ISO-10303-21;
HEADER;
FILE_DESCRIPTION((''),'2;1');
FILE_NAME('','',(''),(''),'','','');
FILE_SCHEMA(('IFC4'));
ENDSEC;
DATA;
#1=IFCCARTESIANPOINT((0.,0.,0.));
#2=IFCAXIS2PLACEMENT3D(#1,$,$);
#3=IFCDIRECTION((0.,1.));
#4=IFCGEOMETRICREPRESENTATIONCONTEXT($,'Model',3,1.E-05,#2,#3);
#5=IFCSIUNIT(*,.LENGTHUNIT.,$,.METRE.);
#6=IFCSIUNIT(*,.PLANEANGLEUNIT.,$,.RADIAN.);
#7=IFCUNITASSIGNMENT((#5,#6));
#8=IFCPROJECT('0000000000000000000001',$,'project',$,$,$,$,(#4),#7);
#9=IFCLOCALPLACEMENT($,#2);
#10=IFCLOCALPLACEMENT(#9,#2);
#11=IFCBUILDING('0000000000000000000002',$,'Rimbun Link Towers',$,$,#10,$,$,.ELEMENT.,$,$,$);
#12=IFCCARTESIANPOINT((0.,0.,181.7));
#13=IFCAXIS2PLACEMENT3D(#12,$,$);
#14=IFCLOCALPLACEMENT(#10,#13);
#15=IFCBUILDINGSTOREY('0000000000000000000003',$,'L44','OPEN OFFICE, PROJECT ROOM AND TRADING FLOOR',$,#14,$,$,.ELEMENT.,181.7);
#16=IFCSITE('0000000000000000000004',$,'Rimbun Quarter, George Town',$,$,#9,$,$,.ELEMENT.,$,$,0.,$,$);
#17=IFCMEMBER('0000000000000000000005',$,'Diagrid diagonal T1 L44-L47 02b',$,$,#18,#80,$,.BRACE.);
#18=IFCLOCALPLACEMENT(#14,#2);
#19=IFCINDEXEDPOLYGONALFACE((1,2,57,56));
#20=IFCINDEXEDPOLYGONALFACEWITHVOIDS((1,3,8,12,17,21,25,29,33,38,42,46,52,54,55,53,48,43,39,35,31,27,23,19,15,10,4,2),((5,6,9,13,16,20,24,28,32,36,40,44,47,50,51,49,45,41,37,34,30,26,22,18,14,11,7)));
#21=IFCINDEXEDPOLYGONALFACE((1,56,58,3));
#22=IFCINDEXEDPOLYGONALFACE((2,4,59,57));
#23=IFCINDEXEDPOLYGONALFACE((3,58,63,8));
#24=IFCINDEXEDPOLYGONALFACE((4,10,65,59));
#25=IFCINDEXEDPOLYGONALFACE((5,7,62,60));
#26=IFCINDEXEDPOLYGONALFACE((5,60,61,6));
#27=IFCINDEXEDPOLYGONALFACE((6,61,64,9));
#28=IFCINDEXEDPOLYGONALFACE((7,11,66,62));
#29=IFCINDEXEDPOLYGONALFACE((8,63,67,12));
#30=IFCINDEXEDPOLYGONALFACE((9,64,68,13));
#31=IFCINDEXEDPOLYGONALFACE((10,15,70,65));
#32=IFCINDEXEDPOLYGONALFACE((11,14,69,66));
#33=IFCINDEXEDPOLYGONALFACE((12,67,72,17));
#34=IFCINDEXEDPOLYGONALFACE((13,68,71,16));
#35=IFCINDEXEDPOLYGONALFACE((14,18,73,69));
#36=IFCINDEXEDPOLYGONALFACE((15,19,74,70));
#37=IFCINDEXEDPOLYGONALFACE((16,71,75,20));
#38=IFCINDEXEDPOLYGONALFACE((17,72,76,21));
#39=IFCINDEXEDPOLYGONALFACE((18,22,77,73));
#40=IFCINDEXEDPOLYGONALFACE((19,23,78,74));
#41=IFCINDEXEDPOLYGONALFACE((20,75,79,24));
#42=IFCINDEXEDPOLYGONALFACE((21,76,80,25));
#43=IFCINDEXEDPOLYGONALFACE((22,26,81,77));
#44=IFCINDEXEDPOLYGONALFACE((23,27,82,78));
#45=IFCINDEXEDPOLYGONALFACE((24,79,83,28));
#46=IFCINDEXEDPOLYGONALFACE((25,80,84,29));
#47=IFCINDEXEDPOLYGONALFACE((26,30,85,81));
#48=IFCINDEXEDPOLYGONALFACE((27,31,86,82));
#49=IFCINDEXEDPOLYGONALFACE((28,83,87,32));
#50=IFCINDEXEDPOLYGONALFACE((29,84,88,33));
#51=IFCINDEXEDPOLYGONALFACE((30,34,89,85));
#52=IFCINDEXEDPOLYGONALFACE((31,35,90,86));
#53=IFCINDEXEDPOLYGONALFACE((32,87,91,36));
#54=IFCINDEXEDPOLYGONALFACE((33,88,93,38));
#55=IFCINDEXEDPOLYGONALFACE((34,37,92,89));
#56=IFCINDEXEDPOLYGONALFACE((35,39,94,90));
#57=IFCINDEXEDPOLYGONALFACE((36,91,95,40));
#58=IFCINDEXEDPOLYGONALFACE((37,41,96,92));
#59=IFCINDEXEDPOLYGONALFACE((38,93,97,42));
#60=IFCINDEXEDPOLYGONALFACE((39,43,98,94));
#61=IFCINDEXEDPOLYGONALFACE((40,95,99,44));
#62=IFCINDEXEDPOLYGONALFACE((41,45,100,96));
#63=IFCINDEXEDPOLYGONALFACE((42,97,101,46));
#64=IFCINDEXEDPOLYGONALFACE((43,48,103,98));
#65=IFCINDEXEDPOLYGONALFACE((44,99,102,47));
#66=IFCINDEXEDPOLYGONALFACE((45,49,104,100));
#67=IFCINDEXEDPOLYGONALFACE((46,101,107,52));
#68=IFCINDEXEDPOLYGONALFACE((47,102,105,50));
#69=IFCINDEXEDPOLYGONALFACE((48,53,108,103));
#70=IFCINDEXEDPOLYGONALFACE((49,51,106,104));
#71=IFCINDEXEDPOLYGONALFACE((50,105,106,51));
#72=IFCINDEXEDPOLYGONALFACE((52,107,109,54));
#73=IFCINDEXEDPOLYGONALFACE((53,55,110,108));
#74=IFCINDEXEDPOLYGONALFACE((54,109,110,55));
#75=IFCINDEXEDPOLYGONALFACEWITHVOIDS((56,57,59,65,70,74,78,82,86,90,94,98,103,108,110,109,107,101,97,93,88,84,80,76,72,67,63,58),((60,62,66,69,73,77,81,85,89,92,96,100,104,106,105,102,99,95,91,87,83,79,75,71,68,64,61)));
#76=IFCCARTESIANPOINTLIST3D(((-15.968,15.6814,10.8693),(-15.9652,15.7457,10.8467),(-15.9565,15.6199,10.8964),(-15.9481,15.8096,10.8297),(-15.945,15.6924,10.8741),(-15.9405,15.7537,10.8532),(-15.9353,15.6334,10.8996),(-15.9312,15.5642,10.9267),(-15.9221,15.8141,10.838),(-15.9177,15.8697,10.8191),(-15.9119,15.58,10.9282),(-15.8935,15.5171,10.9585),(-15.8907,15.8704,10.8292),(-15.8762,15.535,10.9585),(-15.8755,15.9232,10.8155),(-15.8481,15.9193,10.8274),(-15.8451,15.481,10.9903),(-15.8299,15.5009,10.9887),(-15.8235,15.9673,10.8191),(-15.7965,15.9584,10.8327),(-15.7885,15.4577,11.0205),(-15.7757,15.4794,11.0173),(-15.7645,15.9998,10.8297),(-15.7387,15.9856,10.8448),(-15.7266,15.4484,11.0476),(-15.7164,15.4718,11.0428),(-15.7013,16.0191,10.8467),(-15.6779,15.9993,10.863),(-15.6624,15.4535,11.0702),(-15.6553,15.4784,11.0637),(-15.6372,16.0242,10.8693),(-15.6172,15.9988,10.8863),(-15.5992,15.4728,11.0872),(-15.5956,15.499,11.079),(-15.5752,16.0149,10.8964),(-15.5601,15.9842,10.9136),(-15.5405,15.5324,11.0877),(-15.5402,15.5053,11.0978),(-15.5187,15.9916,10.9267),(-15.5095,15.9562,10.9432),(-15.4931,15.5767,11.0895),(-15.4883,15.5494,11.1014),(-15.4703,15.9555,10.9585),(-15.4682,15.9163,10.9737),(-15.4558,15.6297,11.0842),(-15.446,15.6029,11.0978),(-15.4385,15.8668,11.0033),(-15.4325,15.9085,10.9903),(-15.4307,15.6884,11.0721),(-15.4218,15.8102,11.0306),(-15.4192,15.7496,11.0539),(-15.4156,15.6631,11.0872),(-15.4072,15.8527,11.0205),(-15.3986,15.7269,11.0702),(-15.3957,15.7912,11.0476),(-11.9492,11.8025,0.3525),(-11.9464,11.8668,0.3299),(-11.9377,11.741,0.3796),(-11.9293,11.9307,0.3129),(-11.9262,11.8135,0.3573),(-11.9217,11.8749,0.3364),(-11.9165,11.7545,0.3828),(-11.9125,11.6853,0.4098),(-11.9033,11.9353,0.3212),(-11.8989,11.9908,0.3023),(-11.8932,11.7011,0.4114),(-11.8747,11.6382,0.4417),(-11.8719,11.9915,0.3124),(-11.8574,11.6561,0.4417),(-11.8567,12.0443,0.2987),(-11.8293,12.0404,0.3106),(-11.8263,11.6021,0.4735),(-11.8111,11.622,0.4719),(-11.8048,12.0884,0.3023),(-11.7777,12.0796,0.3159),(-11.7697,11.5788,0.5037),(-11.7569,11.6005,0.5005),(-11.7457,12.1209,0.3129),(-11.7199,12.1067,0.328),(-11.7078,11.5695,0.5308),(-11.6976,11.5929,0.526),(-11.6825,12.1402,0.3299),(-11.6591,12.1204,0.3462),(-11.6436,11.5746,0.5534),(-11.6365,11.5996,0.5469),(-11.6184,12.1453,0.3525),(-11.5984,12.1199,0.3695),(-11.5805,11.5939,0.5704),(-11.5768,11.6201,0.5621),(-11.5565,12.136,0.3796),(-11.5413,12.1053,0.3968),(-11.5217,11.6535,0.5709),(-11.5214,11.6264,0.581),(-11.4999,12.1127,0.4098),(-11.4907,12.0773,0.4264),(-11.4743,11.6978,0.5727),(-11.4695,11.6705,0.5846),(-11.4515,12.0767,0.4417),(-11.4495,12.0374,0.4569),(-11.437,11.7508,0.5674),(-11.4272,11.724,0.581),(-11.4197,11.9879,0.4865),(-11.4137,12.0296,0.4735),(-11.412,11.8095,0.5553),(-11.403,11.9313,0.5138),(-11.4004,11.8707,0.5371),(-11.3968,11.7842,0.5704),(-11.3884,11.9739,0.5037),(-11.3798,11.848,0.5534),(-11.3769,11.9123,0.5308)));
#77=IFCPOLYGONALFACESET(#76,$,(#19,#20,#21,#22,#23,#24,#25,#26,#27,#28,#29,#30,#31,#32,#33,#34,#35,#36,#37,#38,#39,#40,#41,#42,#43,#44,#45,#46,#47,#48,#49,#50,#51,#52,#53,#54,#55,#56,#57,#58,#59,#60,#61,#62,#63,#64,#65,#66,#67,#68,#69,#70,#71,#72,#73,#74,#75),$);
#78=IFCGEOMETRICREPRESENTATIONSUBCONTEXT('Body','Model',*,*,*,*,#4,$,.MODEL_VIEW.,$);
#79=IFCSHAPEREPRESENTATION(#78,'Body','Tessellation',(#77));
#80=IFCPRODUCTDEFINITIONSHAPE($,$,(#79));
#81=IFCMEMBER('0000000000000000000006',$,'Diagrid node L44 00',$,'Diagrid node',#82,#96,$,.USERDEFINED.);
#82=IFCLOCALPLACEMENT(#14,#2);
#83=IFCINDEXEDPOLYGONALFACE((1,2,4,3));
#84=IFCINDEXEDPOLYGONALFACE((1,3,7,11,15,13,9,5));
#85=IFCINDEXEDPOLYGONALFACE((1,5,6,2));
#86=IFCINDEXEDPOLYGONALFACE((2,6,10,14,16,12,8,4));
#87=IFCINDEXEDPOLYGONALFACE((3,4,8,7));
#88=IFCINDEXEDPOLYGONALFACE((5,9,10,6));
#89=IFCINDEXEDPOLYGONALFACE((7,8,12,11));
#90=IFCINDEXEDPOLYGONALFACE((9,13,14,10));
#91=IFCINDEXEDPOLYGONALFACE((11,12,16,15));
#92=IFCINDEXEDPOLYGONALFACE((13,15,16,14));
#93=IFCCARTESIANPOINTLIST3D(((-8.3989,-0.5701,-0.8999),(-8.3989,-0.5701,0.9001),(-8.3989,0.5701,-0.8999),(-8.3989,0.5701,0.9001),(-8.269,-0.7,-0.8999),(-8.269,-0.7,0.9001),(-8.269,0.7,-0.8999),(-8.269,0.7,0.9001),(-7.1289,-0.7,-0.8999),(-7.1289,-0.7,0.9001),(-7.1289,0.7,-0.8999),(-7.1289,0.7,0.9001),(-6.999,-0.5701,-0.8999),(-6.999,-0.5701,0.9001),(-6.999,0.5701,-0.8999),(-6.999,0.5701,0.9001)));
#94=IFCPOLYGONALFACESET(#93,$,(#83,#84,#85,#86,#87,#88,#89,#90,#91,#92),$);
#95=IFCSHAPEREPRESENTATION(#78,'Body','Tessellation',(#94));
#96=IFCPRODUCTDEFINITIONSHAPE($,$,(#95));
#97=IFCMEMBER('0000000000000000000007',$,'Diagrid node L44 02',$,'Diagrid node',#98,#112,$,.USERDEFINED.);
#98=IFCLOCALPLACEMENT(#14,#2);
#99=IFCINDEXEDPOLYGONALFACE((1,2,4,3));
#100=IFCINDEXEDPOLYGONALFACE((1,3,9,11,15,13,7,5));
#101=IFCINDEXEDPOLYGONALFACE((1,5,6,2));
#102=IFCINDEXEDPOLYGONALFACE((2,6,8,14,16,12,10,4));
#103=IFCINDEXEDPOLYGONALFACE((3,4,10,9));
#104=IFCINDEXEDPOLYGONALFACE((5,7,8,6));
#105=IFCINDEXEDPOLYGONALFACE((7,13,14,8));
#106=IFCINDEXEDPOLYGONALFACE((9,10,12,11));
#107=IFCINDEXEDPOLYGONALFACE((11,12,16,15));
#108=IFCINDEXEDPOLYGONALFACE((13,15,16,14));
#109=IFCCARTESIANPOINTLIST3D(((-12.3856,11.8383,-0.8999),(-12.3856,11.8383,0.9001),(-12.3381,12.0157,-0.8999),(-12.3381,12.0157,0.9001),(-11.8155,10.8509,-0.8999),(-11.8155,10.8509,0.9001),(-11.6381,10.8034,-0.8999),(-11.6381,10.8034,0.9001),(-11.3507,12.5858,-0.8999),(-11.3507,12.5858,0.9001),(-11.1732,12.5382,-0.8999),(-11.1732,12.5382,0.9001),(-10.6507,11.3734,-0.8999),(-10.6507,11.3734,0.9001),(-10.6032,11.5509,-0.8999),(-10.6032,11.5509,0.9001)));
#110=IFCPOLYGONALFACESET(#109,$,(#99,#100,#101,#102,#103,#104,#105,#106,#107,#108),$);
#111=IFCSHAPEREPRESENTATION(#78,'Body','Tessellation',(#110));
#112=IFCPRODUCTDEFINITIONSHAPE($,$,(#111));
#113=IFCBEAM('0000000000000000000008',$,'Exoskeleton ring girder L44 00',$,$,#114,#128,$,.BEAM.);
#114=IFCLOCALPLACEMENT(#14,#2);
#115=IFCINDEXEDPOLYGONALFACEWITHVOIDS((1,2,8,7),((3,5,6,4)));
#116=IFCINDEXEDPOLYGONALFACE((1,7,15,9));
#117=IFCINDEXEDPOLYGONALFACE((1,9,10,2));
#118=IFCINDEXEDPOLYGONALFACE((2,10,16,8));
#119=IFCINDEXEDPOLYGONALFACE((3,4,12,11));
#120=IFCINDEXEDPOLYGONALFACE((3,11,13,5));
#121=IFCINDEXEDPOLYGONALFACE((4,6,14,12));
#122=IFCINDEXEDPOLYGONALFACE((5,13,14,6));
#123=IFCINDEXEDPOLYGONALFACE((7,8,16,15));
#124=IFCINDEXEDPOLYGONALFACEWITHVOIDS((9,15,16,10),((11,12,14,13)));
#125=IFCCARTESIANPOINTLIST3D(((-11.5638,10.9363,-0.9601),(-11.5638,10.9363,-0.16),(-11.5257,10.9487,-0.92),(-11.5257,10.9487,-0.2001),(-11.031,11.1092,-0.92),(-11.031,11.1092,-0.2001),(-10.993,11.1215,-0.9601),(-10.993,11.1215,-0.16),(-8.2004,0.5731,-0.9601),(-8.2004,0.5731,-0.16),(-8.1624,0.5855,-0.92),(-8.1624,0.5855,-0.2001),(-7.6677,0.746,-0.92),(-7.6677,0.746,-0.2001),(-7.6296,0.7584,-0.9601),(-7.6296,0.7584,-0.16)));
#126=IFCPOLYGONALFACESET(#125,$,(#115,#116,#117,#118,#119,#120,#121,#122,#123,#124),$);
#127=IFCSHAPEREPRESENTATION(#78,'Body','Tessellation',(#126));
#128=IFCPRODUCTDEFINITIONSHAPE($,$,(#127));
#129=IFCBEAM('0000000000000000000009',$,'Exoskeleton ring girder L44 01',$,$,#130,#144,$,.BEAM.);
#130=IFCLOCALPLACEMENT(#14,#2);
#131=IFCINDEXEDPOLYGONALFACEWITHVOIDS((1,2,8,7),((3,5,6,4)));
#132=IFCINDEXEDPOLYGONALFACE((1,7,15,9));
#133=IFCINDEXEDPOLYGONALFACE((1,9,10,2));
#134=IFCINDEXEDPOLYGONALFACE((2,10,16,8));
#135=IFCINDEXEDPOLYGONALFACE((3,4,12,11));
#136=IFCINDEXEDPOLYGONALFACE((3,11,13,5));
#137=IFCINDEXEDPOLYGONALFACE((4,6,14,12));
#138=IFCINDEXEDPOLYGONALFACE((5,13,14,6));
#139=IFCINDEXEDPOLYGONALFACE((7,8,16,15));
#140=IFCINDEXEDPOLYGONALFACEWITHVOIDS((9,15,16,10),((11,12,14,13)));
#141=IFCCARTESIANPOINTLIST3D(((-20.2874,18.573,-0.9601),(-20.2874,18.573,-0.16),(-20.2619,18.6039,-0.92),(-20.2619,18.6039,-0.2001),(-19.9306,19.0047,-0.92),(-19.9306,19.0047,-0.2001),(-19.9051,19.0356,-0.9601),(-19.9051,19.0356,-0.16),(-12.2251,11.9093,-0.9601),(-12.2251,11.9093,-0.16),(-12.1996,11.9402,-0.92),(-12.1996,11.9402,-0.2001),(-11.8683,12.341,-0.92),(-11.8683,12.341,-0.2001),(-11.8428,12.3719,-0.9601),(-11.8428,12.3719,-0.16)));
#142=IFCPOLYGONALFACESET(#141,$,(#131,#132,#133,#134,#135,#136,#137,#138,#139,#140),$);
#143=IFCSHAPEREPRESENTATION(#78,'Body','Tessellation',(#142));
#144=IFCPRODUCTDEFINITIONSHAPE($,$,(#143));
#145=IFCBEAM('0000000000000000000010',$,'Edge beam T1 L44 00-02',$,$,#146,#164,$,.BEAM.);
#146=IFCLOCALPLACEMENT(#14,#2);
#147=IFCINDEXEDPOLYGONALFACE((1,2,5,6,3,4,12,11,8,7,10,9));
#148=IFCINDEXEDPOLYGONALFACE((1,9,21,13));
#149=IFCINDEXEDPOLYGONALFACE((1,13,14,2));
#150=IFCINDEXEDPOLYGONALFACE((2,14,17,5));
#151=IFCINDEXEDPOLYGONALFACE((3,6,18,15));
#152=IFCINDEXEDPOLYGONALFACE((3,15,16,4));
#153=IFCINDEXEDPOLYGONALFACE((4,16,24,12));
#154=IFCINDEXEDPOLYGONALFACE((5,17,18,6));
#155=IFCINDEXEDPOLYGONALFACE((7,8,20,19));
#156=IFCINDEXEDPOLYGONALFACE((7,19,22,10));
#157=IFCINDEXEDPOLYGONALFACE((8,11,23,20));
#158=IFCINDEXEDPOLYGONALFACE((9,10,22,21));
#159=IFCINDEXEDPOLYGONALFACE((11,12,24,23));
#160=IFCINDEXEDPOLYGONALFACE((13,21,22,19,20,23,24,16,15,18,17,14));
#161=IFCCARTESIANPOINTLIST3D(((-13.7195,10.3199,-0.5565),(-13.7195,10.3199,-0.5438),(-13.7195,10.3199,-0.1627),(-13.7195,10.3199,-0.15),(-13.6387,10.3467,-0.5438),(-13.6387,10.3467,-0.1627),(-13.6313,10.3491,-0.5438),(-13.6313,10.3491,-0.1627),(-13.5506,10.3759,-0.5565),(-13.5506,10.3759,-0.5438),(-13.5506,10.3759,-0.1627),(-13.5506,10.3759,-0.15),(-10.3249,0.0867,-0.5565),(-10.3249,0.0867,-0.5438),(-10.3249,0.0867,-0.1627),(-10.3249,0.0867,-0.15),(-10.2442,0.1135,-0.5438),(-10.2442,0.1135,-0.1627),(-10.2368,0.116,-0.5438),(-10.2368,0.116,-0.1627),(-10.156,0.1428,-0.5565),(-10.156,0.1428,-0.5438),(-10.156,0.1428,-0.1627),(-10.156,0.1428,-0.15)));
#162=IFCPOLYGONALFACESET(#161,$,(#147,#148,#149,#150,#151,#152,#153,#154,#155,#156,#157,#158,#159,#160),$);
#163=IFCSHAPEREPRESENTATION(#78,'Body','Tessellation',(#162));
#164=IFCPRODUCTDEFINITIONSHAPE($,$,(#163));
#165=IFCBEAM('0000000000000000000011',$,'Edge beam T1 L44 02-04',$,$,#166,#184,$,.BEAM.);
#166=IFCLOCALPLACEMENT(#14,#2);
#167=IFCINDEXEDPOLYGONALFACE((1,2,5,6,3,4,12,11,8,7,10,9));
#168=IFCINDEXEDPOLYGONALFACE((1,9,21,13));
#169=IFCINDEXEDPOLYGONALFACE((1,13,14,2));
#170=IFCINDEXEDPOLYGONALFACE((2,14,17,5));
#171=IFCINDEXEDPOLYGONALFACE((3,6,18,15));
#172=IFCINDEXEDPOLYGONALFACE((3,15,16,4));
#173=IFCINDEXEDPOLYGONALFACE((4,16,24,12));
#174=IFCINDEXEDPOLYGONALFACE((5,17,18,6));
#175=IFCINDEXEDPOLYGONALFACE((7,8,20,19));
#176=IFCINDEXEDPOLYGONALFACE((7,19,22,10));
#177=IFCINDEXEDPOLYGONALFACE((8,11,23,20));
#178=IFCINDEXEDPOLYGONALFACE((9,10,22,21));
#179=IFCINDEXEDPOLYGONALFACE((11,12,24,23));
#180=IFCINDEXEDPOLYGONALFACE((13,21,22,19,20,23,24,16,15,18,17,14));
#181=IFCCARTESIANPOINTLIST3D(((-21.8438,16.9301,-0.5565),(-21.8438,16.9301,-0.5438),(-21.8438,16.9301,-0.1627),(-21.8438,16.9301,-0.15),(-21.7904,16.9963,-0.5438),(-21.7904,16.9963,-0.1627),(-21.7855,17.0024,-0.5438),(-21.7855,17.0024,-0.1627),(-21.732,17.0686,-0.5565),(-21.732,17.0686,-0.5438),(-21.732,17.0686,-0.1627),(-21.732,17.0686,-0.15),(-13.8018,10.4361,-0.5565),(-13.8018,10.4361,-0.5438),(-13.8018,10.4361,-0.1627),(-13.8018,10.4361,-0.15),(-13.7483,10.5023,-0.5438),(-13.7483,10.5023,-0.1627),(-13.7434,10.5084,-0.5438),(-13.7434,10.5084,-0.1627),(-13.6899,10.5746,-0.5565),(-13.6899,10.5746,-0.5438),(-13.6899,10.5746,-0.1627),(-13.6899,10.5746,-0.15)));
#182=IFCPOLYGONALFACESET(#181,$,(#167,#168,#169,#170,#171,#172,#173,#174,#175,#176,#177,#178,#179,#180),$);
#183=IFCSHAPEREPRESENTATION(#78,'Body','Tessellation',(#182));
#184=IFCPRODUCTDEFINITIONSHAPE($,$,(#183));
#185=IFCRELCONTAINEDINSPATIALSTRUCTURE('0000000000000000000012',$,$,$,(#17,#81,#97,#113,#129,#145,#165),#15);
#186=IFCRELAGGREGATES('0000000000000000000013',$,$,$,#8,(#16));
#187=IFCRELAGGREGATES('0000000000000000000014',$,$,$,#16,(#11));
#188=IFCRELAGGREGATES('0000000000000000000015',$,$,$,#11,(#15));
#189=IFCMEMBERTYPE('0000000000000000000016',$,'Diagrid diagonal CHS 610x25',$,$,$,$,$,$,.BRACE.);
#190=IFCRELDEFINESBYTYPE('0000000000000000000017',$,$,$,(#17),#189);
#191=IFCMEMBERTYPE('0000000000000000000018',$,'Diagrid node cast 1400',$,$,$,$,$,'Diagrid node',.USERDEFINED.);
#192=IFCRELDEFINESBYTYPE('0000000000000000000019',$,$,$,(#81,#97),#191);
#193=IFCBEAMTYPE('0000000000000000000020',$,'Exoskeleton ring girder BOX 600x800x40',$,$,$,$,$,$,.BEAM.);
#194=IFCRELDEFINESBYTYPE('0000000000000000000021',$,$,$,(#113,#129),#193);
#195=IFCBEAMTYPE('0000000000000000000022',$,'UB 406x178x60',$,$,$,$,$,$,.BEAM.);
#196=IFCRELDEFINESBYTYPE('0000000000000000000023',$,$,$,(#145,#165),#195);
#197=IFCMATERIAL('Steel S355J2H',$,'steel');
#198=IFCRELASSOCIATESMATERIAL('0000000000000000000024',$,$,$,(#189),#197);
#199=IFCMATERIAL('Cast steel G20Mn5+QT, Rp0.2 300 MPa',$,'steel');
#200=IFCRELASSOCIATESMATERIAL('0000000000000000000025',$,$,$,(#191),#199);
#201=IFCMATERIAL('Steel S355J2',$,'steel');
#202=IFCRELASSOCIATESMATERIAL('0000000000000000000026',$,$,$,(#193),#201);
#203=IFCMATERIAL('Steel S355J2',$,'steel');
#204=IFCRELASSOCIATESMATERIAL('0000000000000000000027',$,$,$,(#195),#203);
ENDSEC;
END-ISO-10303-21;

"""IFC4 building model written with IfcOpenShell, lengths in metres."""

from ifc_helpers import new_model, si_unit, direction, frame, origin, origin_2d, place, context, subcontext, project, spatial, polyline, hollow_rectangle, hollow_circle, i_section, outline, extrude, material, material_profile, profile_set, type_object, element, save


model = new_model("IFC4")

# Units and contexts
model_context = context("Model", 3, precision=1e-05, world=origin(), true_north=direction((0.0, 1.0)))
body_context = subcontext(model_context, "Body", "Model", "MODEL_VIEW")
ifc_project = project(units=[si_unit("LENGTHUNIT", "METRE"), si_unit("PLANEANGLEUNIT", "RADIAN")], contexts=[model_context])

# Site, building, storey
site_placement = place(None, origin())
site = spatial("IfcSite", under=ifc_project, at=site_placement, Name="Rimbun Quarter, George Town", CompositionType="ELEMENT", RefElevation=0.0)
building_placement = place(site_placement, origin())
building = spatial("IfcBuilding", under=site, at=building_placement, Name="Rimbun Link Towers", CompositionType="ELEMENT")
storey_placement = place(building_placement, frame((0.0, 0.0, 181.7)))
storey = spatial("IfcBuildingStorey", under=building, at=storey_placement, Name="L44", Description="OPEN OFFICE, PROJECT ROOM AND TRADING FLOOR", CompositionType="ELEMENT", Elevation=181.7)

# Members
ifc_material_1 = material(Name="Steel S355J2H", Category="steel")
ifc_material_profile_1 = material_profile(ifc_material_1, hollow_circle(Radius=0.3047, WallThickness=0.0249, at=origin_2d()), Name="Diagrid diagonal CHS 610x25")
ifc_profile_set_1 = profile_set([ifc_material_profile_1], Name="Steel S355J2H")
member_type_1 = type_object("IfcMemberType", Name="Diagrid diagonal CHS 610x25", PredefinedType="BRACE", material=ifc_profile_set_1)
member_1_placement = place(storey_placement, frame((-11.6631, 11.8574, 0.4417), z_axis=(-0.337487, 0.325739, 0.883174), x_axis=(-0.694473, -0.719519, 0.0)))
element("IfcMember", 1, at=member_1_placement, inside=storey, type_object=member_type_1, Name="Diagrid diagonal T1 L44-L47 02b", PredefinedType="BRACE", context=body_context, shape_type="SweptSolid", body=[
    extrude(hollow_circle(Radius=0.3047, WallThickness=0.0249, at=origin_2d()), origin(), (0.0, 0.0, 1.0), 11.908),
])
ifc_material_2 = material(Name="Cast steel G20Mn5+QT, Rp0.2 300 MPa", Category="steel")
ifc_material_profile_2 = material_profile(ifc_material_2, outline(polyline([(0.7, -0.5701), (0.7, 0.5701), (0.5701, 0.7), (-0.5701, 0.7), (-0.7, 0.5701), (-0.7, -0.5701), (-0.5701, -0.7), (0.5701, -0.7), (0.7, -0.5701)])), Name="NODE 1400x1400")
ifc_profile_set_2 = profile_set([ifc_material_profile_2], Name="Cast steel G20Mn5+QT, Rp0.2 300 MPa")
member_type_2 = type_object("IfcMemberType", Name="Diagrid node cast 1400", ElementType="Diagrid node", PredefinedType="USERDEFINED", material=ifc_profile_set_2)
for number, where, z_axis, x_axis, name in (
    (2, (-7.699, 0.0, -0.8999), (0.0, 0.0, 1.0), (1.0, 0.0, 0.0), "Diagrid node L44 00"),
    (3, (-11.4944, 11.6946, -0.8999), (0.0, 0.0, 1.0), (0.866025, 0.5, 0.0), "Diagrid node L44 02"),
):
    element("IfcMember", number, at=place(storey_placement, frame(where, z_axis=z_axis, x_axis=x_axis)), inside=storey, type_object=member_type_2, Name=name, ObjectType="Diagrid node", PredefinedType="USERDEFINED", context=body_context, shape_type="SweptSolid", body=[
        extrude(outline(polyline([(0.7, -0.5701), (0.7, 0.5701), (0.5701, 0.7), (-0.5701, 0.7), (-0.7, 0.5701), (-0.7, -0.5701), (-0.5701, -0.7), (0.5701, -0.7), (0.7, -0.5701)])), origin(), (0.0, 0.0, 1.0), 1.8),
    ])

# Beams
ifc_material_3 = material(Name="Steel S355J2", Category="steel")
ifc_material_profile_3 = material_profile(ifc_material_3, hollow_rectangle(XDim=0.6001, YDim=0.8, WallThickness=0.04, at=origin_2d()), Name="Exoskeleton ring girder BOX 600x800x40")
ifc_profile_set_3 = profile_set([ifc_material_profile_3], Name="Steel S355J2")
beam_type_1 = type_object("IfcBeamType", Name="Exoskeleton ring girder BOX 600x800x40", PredefinedType="BEAM", material=ifc_profile_set_3)
beam_1_placement = place(storey_placement, frame((-7.915, 0.6658, -0.5601), z_axis=(-0.308695, 0.951161, 0.0), x_axis=(-0.951161, -0.308695, 0.0)))
element("IfcBeam", 4, at=beam_1_placement, inside=storey, type_object=beam_type_1, Name="Exoskeleton ring girder L44 00", PredefinedType="BEAM", context=body_context, shape_type="SweptSolid", body=[
    extrude(hollow_rectangle(XDim=0.6001, YDim=0.8, WallThickness=0.04, at=origin_2d()), origin(), (0.0, 0.0, 1.0), 10.8953),
])
beam_2_placement = place(storey_placement, frame((-12.0339, 12.1406, -0.5601), z_axis=(-0.7708, 0.637077, 0.0), x_axis=(-0.637077, -0.7708, 0.0)))
element("IfcBeam", 5, at=beam_2_placement, inside=storey, type_object=beam_type_1, Name="Exoskeleton ring girder L44 01", PredefinedType="BEAM", context=body_context, shape_type="SweptSolid", body=[
    extrude(hollow_rectangle(XDim=0.6001, YDim=0.8, WallThickness=0.04, at=origin_2d()), origin(), (0.0, 0.0, 1.0), 10.4597),
])
ifc_material_4 = material(Name="Steel S355J2", Category="steel")
ifc_material_profile_4 = material_profile(ifc_material_4, i_section(OverallWidth=0.178, OverallDepth=0.4065, WebThickness=0.0078, FlangeThickness=0.0127, at=origin_2d()), Name="UB 406x178x60")
ifc_profile_set_4 = profile_set([ifc_material_profile_4], Name="Steel S355J2")
beam_type_2 = type_object("IfcBeamType", Name="UB 406x178x60", PredefinedType="BEAM", material=ifc_profile_set_4)
beam_3_placement = place(storey_placement, frame((-10.2405, 0.1147, -0.3533), z_axis=(-0.314848, 0.949142, 0.0), x_axis=(-0.949142, -0.314848, 0.0)))
element("IfcBeam", 6, at=beam_3_placement, inside=storey, type_object=beam_type_2, Name="Edge beam T1 L44 00-02", PredefinedType="BEAM", context=body_context, shape_type="SweptSolid", body=[
    extrude(i_section(OverallWidth=0.178, OverallDepth=0.4065, WebThickness=0.0078, FlangeThickness=0.0127, at=origin_2d()), origin(), (0.0, 0.0, 1.0), 10.7815),
])
beam_4_placement = place(storey_placement, frame((-13.7458, 10.5054, -0.3533), z_axis=(-0.778015, 0.628246, 0.0), x_axis=(-0.628246, -0.778015, 0.0)))
element("IfcBeam", 7, at=beam_4_placement, inside=storey, type_object=beam_type_2, Name="Edge beam T1 L44 02-04", PredefinedType="BEAM", context=body_context, shape_type="SweptSolid", body=[
    extrude(i_section(OverallWidth=0.178, OverallDepth=0.4065, WebThickness=0.0078, FlangeThickness=0.0127, at=origin_2d()), origin(), (0.0, 0.0, 1.0), 10.3367),
])

save(model, "model.ifc")
